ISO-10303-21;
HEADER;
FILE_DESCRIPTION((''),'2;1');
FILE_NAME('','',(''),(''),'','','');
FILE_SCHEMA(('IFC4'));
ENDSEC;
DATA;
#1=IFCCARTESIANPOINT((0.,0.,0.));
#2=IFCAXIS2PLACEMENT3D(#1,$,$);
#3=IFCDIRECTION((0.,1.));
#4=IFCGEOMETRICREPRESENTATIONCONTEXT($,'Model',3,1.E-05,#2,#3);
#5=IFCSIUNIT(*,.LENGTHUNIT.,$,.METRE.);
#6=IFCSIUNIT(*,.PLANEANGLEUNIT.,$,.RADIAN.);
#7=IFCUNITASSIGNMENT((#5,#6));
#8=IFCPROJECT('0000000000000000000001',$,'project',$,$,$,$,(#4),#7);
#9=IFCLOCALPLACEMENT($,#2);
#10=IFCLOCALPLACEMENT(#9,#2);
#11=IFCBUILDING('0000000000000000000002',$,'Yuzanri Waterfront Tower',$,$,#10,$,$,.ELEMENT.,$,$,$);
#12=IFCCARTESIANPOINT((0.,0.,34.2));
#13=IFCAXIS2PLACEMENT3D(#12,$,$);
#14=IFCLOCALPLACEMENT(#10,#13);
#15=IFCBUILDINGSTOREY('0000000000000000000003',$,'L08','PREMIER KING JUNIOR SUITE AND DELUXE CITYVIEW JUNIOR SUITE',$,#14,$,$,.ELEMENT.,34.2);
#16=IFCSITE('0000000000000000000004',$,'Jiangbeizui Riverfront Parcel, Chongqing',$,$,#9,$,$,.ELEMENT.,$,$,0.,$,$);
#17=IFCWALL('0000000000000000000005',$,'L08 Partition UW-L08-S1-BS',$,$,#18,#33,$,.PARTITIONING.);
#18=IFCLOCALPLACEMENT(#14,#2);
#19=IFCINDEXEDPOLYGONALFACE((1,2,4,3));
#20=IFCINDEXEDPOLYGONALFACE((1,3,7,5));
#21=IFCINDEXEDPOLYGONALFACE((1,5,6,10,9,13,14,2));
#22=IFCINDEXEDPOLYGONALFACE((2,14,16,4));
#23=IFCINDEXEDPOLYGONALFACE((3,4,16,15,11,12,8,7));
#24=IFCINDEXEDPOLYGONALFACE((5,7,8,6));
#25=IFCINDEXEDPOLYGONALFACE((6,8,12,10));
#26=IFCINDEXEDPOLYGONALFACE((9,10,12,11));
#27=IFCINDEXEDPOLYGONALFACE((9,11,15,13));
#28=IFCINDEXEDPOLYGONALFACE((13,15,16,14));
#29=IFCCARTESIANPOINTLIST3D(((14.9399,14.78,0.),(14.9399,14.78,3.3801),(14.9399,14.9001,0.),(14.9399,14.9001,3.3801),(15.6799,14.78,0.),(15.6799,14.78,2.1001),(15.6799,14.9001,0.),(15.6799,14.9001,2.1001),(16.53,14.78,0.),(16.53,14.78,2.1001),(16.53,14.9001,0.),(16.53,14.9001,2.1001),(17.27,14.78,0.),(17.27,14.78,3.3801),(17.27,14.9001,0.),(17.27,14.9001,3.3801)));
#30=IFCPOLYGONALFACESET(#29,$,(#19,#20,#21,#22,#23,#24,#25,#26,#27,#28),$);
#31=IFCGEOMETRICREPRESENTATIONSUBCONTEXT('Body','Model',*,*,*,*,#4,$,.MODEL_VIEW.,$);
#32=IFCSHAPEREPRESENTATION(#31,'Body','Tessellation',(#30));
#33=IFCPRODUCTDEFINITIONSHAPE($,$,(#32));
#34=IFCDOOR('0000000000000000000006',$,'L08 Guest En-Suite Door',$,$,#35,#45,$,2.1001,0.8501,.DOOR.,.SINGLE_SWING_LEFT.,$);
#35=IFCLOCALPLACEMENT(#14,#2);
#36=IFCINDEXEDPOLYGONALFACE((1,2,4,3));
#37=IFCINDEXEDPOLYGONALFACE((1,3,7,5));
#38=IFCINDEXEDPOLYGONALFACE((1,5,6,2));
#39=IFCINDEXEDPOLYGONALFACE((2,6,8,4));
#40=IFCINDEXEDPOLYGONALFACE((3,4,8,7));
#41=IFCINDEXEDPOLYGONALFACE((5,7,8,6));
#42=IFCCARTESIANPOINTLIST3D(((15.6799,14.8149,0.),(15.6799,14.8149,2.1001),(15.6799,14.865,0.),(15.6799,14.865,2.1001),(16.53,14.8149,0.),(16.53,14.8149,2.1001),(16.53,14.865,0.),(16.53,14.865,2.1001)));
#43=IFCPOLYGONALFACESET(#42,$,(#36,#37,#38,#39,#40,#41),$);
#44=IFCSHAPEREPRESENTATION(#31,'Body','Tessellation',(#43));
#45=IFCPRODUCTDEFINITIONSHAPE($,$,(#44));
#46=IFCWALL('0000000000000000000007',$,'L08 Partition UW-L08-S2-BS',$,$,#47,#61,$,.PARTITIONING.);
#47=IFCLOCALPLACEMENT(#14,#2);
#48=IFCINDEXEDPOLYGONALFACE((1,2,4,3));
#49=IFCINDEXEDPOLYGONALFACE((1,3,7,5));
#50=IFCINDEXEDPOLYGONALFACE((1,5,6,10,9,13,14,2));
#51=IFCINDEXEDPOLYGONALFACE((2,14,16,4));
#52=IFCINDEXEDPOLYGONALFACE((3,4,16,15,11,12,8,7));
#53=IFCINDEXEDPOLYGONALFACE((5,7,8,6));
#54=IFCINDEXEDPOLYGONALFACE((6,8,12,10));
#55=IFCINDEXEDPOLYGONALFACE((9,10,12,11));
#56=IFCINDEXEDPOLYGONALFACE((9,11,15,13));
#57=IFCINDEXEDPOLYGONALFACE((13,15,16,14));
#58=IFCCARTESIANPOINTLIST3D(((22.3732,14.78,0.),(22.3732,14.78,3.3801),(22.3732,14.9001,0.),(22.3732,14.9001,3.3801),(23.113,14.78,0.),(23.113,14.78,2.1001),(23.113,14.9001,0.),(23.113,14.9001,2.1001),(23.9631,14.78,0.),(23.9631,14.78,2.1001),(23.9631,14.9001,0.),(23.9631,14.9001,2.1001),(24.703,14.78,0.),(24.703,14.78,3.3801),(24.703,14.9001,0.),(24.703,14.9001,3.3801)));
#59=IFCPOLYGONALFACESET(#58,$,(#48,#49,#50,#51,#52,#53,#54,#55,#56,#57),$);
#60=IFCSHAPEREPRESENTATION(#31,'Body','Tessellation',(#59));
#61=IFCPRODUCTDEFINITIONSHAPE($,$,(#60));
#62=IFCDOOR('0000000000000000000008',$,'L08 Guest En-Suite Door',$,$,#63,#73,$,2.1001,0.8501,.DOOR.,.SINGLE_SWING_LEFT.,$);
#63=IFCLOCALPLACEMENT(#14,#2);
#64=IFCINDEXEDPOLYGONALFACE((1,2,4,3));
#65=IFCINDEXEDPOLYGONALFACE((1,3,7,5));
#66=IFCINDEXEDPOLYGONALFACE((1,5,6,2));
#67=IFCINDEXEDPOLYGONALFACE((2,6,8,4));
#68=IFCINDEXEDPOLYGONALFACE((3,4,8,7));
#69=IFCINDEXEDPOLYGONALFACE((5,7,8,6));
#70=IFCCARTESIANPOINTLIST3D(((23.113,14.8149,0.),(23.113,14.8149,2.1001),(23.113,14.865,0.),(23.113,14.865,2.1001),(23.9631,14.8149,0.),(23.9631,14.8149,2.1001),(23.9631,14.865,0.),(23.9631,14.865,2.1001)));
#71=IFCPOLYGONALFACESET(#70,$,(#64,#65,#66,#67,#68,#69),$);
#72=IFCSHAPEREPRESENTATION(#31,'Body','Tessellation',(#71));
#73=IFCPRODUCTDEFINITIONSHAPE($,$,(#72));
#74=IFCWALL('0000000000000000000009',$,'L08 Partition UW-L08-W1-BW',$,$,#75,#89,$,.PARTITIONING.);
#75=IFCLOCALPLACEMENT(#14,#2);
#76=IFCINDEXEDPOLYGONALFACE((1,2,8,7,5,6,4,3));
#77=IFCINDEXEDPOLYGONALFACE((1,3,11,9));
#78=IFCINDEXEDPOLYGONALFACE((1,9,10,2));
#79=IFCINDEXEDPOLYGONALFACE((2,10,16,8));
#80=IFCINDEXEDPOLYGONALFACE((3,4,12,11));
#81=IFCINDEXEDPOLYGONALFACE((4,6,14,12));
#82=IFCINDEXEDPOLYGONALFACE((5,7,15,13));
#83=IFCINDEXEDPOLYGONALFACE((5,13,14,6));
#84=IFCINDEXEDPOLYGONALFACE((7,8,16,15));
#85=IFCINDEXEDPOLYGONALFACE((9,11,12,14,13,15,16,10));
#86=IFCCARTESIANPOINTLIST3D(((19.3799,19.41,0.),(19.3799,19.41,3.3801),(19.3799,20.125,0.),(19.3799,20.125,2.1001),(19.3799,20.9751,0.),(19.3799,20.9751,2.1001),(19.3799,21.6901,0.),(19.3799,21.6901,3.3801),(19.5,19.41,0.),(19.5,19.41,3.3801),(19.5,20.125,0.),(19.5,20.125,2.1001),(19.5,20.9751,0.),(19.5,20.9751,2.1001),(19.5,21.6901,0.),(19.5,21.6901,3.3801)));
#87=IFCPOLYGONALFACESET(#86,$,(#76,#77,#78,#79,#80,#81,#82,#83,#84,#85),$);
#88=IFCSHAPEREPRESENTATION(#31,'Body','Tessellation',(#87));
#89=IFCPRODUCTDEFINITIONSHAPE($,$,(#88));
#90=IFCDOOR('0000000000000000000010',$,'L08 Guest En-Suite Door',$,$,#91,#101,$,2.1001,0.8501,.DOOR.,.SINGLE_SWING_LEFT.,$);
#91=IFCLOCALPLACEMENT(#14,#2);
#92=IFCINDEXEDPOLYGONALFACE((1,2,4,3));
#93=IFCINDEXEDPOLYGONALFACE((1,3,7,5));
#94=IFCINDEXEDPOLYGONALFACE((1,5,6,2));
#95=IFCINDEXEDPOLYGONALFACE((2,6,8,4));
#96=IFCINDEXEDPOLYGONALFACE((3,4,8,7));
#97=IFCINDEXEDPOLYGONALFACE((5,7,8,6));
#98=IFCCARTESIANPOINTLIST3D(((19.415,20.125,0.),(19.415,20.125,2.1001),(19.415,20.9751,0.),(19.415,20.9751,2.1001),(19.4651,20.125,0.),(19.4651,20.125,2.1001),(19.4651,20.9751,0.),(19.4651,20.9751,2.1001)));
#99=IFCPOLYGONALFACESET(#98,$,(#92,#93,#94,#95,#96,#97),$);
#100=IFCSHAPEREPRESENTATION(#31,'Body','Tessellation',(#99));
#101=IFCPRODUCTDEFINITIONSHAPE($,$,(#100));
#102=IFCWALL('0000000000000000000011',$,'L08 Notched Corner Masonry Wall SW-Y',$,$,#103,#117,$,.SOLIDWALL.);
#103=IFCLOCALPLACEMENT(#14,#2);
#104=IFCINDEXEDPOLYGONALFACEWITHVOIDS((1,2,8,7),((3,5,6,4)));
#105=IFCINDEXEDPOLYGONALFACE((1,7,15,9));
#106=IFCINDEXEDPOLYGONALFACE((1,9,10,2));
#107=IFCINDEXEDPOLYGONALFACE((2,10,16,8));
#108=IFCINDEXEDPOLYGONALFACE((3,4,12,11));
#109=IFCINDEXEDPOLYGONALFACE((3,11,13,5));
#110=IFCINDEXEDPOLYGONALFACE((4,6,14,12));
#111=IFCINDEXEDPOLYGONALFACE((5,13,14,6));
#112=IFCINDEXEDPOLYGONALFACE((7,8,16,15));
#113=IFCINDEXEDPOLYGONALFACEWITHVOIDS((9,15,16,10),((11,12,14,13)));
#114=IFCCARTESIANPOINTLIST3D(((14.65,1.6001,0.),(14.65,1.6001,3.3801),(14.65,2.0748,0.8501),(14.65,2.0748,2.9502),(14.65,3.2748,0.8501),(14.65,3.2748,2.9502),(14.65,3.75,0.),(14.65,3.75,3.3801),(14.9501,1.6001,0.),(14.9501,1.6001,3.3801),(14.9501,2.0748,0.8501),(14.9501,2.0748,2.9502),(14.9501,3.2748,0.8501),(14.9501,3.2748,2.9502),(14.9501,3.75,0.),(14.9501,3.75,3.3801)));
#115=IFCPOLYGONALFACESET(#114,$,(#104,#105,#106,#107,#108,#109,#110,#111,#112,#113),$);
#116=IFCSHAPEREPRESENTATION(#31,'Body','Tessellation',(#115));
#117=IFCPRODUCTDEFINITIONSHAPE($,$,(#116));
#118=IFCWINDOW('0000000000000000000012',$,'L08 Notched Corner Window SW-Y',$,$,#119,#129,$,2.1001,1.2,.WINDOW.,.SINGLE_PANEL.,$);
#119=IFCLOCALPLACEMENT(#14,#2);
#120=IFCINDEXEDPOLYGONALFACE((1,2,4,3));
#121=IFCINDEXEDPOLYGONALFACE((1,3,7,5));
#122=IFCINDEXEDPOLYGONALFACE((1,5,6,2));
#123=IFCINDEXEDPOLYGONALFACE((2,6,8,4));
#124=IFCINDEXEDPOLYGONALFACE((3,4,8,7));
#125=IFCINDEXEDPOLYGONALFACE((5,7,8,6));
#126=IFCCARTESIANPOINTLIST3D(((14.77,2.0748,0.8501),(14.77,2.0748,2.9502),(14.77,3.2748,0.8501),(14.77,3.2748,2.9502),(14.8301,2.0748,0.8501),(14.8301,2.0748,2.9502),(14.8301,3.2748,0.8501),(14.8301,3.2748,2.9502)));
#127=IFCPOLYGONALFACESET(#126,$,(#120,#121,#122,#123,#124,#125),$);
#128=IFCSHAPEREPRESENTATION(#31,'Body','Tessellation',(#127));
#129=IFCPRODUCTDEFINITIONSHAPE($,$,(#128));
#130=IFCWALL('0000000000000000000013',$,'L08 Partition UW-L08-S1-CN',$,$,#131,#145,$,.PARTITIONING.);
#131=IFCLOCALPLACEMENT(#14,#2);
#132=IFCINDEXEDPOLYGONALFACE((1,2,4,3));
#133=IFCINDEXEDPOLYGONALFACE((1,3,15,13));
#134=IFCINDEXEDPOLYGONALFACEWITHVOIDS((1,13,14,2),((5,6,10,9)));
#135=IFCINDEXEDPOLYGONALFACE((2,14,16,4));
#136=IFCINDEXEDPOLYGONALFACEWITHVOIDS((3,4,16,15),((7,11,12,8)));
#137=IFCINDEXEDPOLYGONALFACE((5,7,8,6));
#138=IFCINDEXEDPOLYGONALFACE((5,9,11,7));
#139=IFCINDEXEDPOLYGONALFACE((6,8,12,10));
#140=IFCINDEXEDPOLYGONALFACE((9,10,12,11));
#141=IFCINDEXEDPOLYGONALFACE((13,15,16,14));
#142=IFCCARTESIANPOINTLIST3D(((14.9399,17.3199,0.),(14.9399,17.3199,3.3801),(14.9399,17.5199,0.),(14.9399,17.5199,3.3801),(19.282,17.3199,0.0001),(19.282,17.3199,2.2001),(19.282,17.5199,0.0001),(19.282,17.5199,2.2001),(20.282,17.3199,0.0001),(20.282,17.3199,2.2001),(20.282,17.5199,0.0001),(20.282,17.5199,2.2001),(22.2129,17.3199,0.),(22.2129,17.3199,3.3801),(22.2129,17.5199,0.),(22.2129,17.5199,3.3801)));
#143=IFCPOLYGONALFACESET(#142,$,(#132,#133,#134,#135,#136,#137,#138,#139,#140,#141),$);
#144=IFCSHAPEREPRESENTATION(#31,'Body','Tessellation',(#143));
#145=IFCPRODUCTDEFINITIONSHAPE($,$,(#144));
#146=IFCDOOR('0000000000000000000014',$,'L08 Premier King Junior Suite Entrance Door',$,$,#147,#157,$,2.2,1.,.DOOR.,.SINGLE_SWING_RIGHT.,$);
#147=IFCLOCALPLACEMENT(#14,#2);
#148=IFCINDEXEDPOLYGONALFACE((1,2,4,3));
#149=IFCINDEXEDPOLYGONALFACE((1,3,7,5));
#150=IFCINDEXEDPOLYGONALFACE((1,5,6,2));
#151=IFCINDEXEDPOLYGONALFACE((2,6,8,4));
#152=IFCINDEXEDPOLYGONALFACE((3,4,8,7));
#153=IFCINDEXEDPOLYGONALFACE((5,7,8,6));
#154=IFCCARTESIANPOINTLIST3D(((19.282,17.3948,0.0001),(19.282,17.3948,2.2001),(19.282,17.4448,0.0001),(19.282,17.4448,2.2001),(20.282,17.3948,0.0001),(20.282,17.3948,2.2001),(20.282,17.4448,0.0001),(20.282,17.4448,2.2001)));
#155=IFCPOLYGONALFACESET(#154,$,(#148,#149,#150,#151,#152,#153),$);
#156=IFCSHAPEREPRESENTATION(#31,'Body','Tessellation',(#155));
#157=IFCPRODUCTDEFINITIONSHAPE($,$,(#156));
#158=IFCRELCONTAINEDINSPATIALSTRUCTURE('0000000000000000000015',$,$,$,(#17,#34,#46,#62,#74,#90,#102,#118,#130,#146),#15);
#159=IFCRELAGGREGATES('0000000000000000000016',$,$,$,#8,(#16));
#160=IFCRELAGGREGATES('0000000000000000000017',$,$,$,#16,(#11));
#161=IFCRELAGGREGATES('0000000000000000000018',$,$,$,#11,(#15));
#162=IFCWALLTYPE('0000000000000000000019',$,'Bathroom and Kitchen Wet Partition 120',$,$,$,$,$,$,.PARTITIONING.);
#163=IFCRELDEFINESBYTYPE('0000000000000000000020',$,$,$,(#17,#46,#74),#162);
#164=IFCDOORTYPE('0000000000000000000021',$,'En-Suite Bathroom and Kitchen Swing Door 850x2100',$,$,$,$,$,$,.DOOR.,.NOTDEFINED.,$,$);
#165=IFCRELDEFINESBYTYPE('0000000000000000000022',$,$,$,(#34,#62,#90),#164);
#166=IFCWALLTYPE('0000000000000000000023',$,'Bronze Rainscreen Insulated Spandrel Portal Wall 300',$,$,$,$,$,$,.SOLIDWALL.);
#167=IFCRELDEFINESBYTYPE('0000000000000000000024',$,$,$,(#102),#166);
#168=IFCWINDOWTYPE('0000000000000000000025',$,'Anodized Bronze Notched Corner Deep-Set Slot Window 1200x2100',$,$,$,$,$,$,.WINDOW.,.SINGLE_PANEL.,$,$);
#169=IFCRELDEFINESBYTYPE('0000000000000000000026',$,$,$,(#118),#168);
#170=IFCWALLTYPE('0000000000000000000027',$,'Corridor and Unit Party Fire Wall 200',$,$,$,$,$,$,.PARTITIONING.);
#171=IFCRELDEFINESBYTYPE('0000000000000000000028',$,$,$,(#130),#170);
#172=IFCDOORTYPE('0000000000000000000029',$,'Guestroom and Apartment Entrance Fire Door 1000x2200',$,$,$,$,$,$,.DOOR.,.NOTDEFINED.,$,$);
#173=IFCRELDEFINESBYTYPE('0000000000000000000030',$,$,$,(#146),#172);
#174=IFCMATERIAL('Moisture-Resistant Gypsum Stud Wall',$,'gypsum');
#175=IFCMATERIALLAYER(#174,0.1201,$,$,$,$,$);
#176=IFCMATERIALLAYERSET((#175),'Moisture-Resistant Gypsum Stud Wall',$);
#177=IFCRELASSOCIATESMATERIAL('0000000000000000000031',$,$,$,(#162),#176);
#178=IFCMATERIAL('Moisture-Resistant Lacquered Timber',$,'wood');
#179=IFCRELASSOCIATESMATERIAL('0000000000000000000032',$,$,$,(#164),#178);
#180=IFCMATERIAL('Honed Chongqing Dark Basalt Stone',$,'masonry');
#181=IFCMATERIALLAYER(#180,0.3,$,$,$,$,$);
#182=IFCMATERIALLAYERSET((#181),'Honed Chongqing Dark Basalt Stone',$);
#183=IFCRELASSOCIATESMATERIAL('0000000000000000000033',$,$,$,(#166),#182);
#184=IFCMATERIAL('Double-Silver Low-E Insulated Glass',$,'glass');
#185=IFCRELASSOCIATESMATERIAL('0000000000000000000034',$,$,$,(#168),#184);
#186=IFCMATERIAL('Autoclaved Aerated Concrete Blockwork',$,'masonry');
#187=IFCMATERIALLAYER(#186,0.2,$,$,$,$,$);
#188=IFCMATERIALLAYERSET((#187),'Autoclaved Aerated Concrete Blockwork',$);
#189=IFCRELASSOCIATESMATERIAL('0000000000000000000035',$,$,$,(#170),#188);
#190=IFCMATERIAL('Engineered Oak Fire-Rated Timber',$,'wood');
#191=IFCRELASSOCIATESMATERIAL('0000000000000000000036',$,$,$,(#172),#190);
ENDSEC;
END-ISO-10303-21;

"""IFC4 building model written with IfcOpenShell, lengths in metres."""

from ifc_helpers import new_model, si_unit, direction, frame, frame_2d, origin, place, context, subcontext, project, spatial, rectangle, extrude, source, transform, mapped, material, layer, layer_set, type_object, element, fill, save


model = new_model("IFC4")

# Units and contexts
model_context = context("Model", 3, precision=1e-05, world=origin(), true_north=direction((0.0, 1.0)))
body_context = subcontext(model_context, "Body", "Model", "MODEL_VIEW")
ifc_project = project(units=[si_unit("LENGTHUNIT", "METRE"), si_unit("PLANEANGLEUNIT", "RADIAN")], contexts=[model_context])

# Site, building, storey
site_placement = place(None, origin())
site = spatial("IfcSite", under=ifc_project, at=site_placement, Name="Jiangbeizui Riverfront Parcel, Chongqing", CompositionType="ELEMENT", RefElevation=0.0)
building_placement = place(site_placement, origin())
building = spatial("IfcBuilding", under=site, at=building_placement, Name="Yuzanri Waterfront Tower", CompositionType="ELEMENT")
storey_placement = place(building_placement, frame((0.0, 0.0, 34.2)))
storey = spatial("IfcBuildingStorey", under=building, at=storey_placement, Name="L08", Description="PREMIER KING JUNIOR SUITE AND DELUXE CITYVIEW JUNIOR SUITE", CompositionType="ELEMENT", Elevation=34.2)

# Walls, openings, doors
ifc_material_1 = material(Name="Moisture-Resistant Gypsum Stud Wall", Category="gypsum")
ifc_layer_1 = layer(ifc_material_1, 0.1201)
ifc_layer_set_1 = layer_set([ifc_layer_1], Name="Moisture-Resistant Gypsum Stud Wall")
wall_type_1 = type_object("IfcWallType", Name="Bathroom and Kitchen Wet Partition 120", PredefinedType="PARTITIONING", material=ifc_layer_set_1)
wall_1_placement = place(storey_placement, frame((14.9399, 14.8401, 0.0), z_axis=(0.0, 0.0, 1.0), x_axis=(1.0, 0.0, 0.0)))
wall_1 = element("IfcWall", 1, at=wall_1_placement, inside=storey, type_object=wall_type_1, Name="L08 Partition UW-L08-S1-BS", PredefinedType="PARTITIONING", context=body_context, shape_type="SweptSolid", body=[
    extrude(rectangle(XDim=2.3301, YDim=0.1201, at=frame_2d((1.165, 0.0))), origin(), (0.0, 0.0, 1.0), 3.3801),
])
opening_1_placement = place(wall_1_placement, frame((0.74, 0.0, 0.0)))
opening_1 = element("IfcOpeningElement", 2, at=opening_1_placement, cuts=wall_1, PredefinedType="OPENING", context=body_context, shape_type="SweptSolid", body=[
    extrude(rectangle(XDim=0.8501, YDim=2.1001, at=frame_2d((0.425, 1.05))), frame((0.0, 0.075, 0.0), z_axis=(0.0, -1.0, 0.0), x_axis=(1.0, 0.0, 0.0)), (0.0, 0.0, 1.0), 0.1499),
])
ifc_material_2 = material(Name="Moisture-Resistant Lacquered Timber", Category="wood")
door_type_1 = type_object("IfcDoorType", Name="En-Suite Bathroom and Kitchen Swing Door 850x2100", OperationType="NOTDEFINED", PredefinedType="DOOR", material=ifc_material_2)
shared_shape_1 = source(origin(), body_context, "Body", "SweptSolid", [
    extrude(rectangle(XDim=0.8501, YDim=2.1001, at=frame_2d((0.425, 1.05))), frame((0.0, 0.0249, 0.0), z_axis=(0.0, -1.0, 0.0), x_axis=(1.0, 0.0, 0.0)), (0.0, 0.0, 1.0), 0.05),
])
door_1_placement = place(opening_1_placement, origin())
door_1 = element("IfcDoor", 3, at=door_1_placement, inside=storey, type_object=door_type_1, Name="L08 Guest En-Suite Door", OperationType="SINGLE_SWING_LEFT", OverallHeight=2.1001, OverallWidth=0.8501, PredefinedType="DOOR", context=body_context, shape_type="MappedRepresentation", body=[
    mapped(shared_shape_1, transform((0.0, 0.0, 0.0), scale=1.0)),
])
fill(opening_1, door_1)
wall_2_placement = place(storey_placement, frame((22.373, 14.8401, 0.0), z_axis=(0.0, 0.0, 1.0), x_axis=(1.0, 0.0, 0.0)))
wall_2 = element("IfcWall", 4, at=wall_2_placement, inside=storey, type_object=wall_type_1, Name="L08 Partition UW-L08-S2-BS", PredefinedType="PARTITIONING", context=body_context, shape_type="SweptSolid", body=[
    extrude(rectangle(XDim=2.3298, YDim=0.1201, at=frame_2d((1.165, 0.0))), origin(), (0.0, 0.0, 1.0), 3.3801),
])
opening_2_placement = place(wall_2_placement, frame((0.74, 0.0, 0.0)))
opening_2 = element("IfcOpeningElement", 5, at=opening_2_placement, cuts=wall_2, PredefinedType="OPENING", context=body_context, shape_type="SweptSolid", body=[
    extrude(rectangle(XDim=0.8501, YDim=2.1001, at=frame_2d((0.425, 1.05))), frame((0.0, 0.075, 0.0), z_axis=(0.0, -1.0, 0.0), x_axis=(1.0, 0.0, 0.0)), (0.0, 0.0, 1.0), 0.1499),
])
door_2_placement = place(opening_2_placement, origin())
door_2 = element("IfcDoor", 6, at=door_2_placement, inside=storey, type_object=door_type_1, Name="L08 Guest En-Suite Door", OperationType="SINGLE_SWING_LEFT", OverallHeight=2.1001, OverallWidth=0.8501, PredefinedType="DOOR", context=body_context, shape_type="MappedRepresentation", body=[
    mapped(shared_shape_1, transform((0.0, 0.0, 0.0), scale=1.0)),
])
fill(opening_2, door_2)
wall_3_placement = place(storey_placement, frame((19.4399, 19.4099, 0.0), z_axis=(0.0, 0.0, 1.0), x_axis=(0.0, 1.0, 0.0)))
wall_3 = element("IfcWall", 7, at=wall_3_placement, inside=storey, type_object=wall_type_1, Name="L08 Partition UW-L08-W1-BW", PredefinedType="PARTITIONING", context=body_context, shape_type="SweptSolid", body=[
    extrude(rectangle(XDim=2.28, YDim=0.1201, at=frame_2d((1.1401, 0.0))), origin(), (0.0, 0.0, 1.0), 3.3801),
])
opening_3_placement = place(wall_3_placement, frame((0.7151, 0.0, 0.0)))
opening_3 = element("IfcOpeningElement", 8, at=opening_3_placement, cuts=wall_3, PredefinedType="OPENING", context=body_context, shape_type="SweptSolid", body=[
    extrude(rectangle(XDim=0.8501, YDim=2.1001, at=frame_2d((0.425, 1.05))), frame((0.0, 0.075, 0.0), z_axis=(0.0, -1.0, 0.0), x_axis=(1.0, 0.0, 0.0)), (0.0, 0.0, 1.0), 0.1499),
])
door_3_placement = place(opening_3_placement, origin())
door_3 = element("IfcDoor", 9, at=door_3_placement, inside=storey, type_object=door_type_1, Name="L08 Guest En-Suite Door", OperationType="SINGLE_SWING_LEFT", OverallHeight=2.1001, OverallWidth=0.8501, PredefinedType="DOOR", context=body_context, shape_type="MappedRepresentation", body=[
    mapped(shared_shape_1, transform((0.0, 0.0, 0.0), scale=1.0)),
])
fill(opening_3, door_3)

# Wall, opening, window
ifc_material_3 = material(Name="Honed Chongqing Dark Basalt Stone", Category="masonry")
ifc_layer_2 = layer(ifc_material_3, 0.3)
ifc_layer_set_2 = layer_set([ifc_layer_2], Name="Honed Chongqing Dark Basalt Stone")
wall_type_2 = type_object("IfcWallType", Name="Bronze Rainscreen Insulated Spandrel Portal Wall 300", PredefinedType="SOLIDWALL", material=ifc_layer_set_2)
wall_4_placement = place(storey_placement, frame((14.8, 3.75, 0.0), z_axis=(0.0, 0.0, 1.0), x_axis=(0.0, -1.0, 0.0)))
wall_4 = element("IfcWall", 10, at=wall_4_placement, inside=storey, type_object=wall_type_2, Name="L08 Notched Corner Masonry Wall SW-Y", PredefinedType="SOLIDWALL", context=body_context, shape_type="SweptSolid", body=[
    extrude(rectangle(XDim=2.1499, YDim=0.3, at=frame_2d((1.075, 0.0))), origin(), (0.0, 0.0, 1.0), 3.3801),
])
opening_4_placement = place(wall_4_placement, frame((0.4751, 0.0, 0.8501)))
opening_4 = element("IfcOpeningElement", 11, at=opening_4_placement, cuts=wall_4, PredefinedType="OPENING", context=body_context, shape_type="SweptSolid", body=[
    extrude(rectangle(XDim=1.2, YDim=2.1001, at=frame_2d((0.6001, 1.05))), frame((0.0, 0.165, 0.0), z_axis=(0.0, -1.0, 0.0), x_axis=(1.0, 0.0, 0.0)), (0.0, 0.0, 1.0), 0.3298),
])
ifc_material_4 = material(Name="Double-Silver Low-E Insulated Glass", Category="glass")
window_type = type_object("IfcWindowType", Name="Anodized Bronze Notched Corner Deep-Set Slot Window 1200x2100", PartitioningType="SINGLE_PANEL", PredefinedType="WINDOW", material=ifc_material_4)
shared_shape_2 = source(origin(), body_context, "Body", "SweptSolid", [
    extrude(rectangle(XDim=1.2, YDim=2.1001, at=frame_2d((0.6001, 1.05))), frame((0.0, 0.03, 0.0), z_axis=(0.0, -1.0, 0.0), x_axis=(1.0, 0.0, 0.0)), (0.0, 0.0, 1.0), 0.0601),
])
window_placement = place(opening_4_placement, origin())
window = element("IfcWindow", 12, at=window_placement, inside=storey, type_object=window_type, Name="L08 Notched Corner Window SW-Y", OverallHeight=2.1001, OverallWidth=1.2, PartitioningType="SINGLE_PANEL", PredefinedType="WINDOW", context=body_context, shape_type="MappedRepresentation", body=[
    mapped(shared_shape_2, transform((0.0, 0.0, 0.0), scale=1.0)),
])
fill(opening_4, window)

# Wall, opening, door
ifc_material_5 = material(Name="Autoclaved Aerated Concrete Blockwork", Category="masonry")
ifc_layer_3 = layer(ifc_material_5, 0.2)
ifc_layer_set_3 = layer_set([ifc_layer_3], Name="Autoclaved Aerated Concrete Blockwork")
wall_type_3 = type_object("IfcWallType", Name="Corridor and Unit Party Fire Wall 200", PredefinedType="PARTITIONING", material=ifc_layer_set_3)
wall_5_placement = place(storey_placement, frame((14.9399, 17.4199, 0.0), z_axis=(0.0, 0.0, 1.0), x_axis=(1.0, 0.0, 0.0)))
wall_5 = element("IfcWall", 13, at=wall_5_placement, inside=storey, type_object=wall_type_3, Name="L08 Partition UW-L08-S1-CN", PredefinedType="PARTITIONING", context=body_context, shape_type="SweptSolid", body=[
    extrude(rectangle(XDim=7.2729, YDim=0.2, at=frame_2d((3.6365, 0.0))), origin(), (0.0, 0.0, 1.0), 3.3801),
])
opening_5_placement = place(wall_5_placement, frame((4.342, 0.0, 0.0)))
opening_5 = element("IfcOpeningElement", 14, at=opening_5_placement, cuts=wall_5, PredefinedType="OPENING", context=body_context, shape_type="SweptSolid", body=[
    extrude(rectangle(XDim=1.0, YDim=2.2, at=frame_2d((0.5, 1.1001))), frame((0.0, 0.1147, 0.0), z_axis=(0.0, -1.0, 0.0), x_axis=(1.0, 0.0, 0.0)), (0.0, 0.0, 1.0), 0.2297),
])
ifc_material_6 = material(Name="Engineered Oak Fire-Rated Timber", Category="wood")
door_type_2 = type_object("IfcDoorType", Name="Guestroom and Apartment Entrance Fire Door 1000x2200", OperationType="NOTDEFINED", PredefinedType="DOOR", material=ifc_material_6)
shared_shape_3 = source(origin(), body_context, "Body", "SweptSolid", [
    extrude(rectangle(XDim=1.0, YDim=2.2, at=frame_2d((0.5, 1.1001))), frame((0.0, 0.0249, 0.0), z_axis=(0.0, -1.0, 0.0), x_axis=(1.0, 0.0, 0.0)), (0.0, 0.0, 1.0), 0.05),
])
door_4_placement = place(opening_5_placement, origin())
door_4 = element("IfcDoor", 15, at=door_4_placement, inside=storey, type_object=door_type_2, Name="L08 Premier King Junior Suite Entrance Door", OperationType="SINGLE_SWING_RIGHT", OverallHeight=2.2, OverallWidth=1.0, PredefinedType="DOOR", context=body_context, shape_type="MappedRepresentation", body=[
    mapped(shared_shape_3, transform((0.0, 0.0, 0.0), scale=1.0)),
])
fill(opening_5, door_4)

save(model, "model.ifc")
